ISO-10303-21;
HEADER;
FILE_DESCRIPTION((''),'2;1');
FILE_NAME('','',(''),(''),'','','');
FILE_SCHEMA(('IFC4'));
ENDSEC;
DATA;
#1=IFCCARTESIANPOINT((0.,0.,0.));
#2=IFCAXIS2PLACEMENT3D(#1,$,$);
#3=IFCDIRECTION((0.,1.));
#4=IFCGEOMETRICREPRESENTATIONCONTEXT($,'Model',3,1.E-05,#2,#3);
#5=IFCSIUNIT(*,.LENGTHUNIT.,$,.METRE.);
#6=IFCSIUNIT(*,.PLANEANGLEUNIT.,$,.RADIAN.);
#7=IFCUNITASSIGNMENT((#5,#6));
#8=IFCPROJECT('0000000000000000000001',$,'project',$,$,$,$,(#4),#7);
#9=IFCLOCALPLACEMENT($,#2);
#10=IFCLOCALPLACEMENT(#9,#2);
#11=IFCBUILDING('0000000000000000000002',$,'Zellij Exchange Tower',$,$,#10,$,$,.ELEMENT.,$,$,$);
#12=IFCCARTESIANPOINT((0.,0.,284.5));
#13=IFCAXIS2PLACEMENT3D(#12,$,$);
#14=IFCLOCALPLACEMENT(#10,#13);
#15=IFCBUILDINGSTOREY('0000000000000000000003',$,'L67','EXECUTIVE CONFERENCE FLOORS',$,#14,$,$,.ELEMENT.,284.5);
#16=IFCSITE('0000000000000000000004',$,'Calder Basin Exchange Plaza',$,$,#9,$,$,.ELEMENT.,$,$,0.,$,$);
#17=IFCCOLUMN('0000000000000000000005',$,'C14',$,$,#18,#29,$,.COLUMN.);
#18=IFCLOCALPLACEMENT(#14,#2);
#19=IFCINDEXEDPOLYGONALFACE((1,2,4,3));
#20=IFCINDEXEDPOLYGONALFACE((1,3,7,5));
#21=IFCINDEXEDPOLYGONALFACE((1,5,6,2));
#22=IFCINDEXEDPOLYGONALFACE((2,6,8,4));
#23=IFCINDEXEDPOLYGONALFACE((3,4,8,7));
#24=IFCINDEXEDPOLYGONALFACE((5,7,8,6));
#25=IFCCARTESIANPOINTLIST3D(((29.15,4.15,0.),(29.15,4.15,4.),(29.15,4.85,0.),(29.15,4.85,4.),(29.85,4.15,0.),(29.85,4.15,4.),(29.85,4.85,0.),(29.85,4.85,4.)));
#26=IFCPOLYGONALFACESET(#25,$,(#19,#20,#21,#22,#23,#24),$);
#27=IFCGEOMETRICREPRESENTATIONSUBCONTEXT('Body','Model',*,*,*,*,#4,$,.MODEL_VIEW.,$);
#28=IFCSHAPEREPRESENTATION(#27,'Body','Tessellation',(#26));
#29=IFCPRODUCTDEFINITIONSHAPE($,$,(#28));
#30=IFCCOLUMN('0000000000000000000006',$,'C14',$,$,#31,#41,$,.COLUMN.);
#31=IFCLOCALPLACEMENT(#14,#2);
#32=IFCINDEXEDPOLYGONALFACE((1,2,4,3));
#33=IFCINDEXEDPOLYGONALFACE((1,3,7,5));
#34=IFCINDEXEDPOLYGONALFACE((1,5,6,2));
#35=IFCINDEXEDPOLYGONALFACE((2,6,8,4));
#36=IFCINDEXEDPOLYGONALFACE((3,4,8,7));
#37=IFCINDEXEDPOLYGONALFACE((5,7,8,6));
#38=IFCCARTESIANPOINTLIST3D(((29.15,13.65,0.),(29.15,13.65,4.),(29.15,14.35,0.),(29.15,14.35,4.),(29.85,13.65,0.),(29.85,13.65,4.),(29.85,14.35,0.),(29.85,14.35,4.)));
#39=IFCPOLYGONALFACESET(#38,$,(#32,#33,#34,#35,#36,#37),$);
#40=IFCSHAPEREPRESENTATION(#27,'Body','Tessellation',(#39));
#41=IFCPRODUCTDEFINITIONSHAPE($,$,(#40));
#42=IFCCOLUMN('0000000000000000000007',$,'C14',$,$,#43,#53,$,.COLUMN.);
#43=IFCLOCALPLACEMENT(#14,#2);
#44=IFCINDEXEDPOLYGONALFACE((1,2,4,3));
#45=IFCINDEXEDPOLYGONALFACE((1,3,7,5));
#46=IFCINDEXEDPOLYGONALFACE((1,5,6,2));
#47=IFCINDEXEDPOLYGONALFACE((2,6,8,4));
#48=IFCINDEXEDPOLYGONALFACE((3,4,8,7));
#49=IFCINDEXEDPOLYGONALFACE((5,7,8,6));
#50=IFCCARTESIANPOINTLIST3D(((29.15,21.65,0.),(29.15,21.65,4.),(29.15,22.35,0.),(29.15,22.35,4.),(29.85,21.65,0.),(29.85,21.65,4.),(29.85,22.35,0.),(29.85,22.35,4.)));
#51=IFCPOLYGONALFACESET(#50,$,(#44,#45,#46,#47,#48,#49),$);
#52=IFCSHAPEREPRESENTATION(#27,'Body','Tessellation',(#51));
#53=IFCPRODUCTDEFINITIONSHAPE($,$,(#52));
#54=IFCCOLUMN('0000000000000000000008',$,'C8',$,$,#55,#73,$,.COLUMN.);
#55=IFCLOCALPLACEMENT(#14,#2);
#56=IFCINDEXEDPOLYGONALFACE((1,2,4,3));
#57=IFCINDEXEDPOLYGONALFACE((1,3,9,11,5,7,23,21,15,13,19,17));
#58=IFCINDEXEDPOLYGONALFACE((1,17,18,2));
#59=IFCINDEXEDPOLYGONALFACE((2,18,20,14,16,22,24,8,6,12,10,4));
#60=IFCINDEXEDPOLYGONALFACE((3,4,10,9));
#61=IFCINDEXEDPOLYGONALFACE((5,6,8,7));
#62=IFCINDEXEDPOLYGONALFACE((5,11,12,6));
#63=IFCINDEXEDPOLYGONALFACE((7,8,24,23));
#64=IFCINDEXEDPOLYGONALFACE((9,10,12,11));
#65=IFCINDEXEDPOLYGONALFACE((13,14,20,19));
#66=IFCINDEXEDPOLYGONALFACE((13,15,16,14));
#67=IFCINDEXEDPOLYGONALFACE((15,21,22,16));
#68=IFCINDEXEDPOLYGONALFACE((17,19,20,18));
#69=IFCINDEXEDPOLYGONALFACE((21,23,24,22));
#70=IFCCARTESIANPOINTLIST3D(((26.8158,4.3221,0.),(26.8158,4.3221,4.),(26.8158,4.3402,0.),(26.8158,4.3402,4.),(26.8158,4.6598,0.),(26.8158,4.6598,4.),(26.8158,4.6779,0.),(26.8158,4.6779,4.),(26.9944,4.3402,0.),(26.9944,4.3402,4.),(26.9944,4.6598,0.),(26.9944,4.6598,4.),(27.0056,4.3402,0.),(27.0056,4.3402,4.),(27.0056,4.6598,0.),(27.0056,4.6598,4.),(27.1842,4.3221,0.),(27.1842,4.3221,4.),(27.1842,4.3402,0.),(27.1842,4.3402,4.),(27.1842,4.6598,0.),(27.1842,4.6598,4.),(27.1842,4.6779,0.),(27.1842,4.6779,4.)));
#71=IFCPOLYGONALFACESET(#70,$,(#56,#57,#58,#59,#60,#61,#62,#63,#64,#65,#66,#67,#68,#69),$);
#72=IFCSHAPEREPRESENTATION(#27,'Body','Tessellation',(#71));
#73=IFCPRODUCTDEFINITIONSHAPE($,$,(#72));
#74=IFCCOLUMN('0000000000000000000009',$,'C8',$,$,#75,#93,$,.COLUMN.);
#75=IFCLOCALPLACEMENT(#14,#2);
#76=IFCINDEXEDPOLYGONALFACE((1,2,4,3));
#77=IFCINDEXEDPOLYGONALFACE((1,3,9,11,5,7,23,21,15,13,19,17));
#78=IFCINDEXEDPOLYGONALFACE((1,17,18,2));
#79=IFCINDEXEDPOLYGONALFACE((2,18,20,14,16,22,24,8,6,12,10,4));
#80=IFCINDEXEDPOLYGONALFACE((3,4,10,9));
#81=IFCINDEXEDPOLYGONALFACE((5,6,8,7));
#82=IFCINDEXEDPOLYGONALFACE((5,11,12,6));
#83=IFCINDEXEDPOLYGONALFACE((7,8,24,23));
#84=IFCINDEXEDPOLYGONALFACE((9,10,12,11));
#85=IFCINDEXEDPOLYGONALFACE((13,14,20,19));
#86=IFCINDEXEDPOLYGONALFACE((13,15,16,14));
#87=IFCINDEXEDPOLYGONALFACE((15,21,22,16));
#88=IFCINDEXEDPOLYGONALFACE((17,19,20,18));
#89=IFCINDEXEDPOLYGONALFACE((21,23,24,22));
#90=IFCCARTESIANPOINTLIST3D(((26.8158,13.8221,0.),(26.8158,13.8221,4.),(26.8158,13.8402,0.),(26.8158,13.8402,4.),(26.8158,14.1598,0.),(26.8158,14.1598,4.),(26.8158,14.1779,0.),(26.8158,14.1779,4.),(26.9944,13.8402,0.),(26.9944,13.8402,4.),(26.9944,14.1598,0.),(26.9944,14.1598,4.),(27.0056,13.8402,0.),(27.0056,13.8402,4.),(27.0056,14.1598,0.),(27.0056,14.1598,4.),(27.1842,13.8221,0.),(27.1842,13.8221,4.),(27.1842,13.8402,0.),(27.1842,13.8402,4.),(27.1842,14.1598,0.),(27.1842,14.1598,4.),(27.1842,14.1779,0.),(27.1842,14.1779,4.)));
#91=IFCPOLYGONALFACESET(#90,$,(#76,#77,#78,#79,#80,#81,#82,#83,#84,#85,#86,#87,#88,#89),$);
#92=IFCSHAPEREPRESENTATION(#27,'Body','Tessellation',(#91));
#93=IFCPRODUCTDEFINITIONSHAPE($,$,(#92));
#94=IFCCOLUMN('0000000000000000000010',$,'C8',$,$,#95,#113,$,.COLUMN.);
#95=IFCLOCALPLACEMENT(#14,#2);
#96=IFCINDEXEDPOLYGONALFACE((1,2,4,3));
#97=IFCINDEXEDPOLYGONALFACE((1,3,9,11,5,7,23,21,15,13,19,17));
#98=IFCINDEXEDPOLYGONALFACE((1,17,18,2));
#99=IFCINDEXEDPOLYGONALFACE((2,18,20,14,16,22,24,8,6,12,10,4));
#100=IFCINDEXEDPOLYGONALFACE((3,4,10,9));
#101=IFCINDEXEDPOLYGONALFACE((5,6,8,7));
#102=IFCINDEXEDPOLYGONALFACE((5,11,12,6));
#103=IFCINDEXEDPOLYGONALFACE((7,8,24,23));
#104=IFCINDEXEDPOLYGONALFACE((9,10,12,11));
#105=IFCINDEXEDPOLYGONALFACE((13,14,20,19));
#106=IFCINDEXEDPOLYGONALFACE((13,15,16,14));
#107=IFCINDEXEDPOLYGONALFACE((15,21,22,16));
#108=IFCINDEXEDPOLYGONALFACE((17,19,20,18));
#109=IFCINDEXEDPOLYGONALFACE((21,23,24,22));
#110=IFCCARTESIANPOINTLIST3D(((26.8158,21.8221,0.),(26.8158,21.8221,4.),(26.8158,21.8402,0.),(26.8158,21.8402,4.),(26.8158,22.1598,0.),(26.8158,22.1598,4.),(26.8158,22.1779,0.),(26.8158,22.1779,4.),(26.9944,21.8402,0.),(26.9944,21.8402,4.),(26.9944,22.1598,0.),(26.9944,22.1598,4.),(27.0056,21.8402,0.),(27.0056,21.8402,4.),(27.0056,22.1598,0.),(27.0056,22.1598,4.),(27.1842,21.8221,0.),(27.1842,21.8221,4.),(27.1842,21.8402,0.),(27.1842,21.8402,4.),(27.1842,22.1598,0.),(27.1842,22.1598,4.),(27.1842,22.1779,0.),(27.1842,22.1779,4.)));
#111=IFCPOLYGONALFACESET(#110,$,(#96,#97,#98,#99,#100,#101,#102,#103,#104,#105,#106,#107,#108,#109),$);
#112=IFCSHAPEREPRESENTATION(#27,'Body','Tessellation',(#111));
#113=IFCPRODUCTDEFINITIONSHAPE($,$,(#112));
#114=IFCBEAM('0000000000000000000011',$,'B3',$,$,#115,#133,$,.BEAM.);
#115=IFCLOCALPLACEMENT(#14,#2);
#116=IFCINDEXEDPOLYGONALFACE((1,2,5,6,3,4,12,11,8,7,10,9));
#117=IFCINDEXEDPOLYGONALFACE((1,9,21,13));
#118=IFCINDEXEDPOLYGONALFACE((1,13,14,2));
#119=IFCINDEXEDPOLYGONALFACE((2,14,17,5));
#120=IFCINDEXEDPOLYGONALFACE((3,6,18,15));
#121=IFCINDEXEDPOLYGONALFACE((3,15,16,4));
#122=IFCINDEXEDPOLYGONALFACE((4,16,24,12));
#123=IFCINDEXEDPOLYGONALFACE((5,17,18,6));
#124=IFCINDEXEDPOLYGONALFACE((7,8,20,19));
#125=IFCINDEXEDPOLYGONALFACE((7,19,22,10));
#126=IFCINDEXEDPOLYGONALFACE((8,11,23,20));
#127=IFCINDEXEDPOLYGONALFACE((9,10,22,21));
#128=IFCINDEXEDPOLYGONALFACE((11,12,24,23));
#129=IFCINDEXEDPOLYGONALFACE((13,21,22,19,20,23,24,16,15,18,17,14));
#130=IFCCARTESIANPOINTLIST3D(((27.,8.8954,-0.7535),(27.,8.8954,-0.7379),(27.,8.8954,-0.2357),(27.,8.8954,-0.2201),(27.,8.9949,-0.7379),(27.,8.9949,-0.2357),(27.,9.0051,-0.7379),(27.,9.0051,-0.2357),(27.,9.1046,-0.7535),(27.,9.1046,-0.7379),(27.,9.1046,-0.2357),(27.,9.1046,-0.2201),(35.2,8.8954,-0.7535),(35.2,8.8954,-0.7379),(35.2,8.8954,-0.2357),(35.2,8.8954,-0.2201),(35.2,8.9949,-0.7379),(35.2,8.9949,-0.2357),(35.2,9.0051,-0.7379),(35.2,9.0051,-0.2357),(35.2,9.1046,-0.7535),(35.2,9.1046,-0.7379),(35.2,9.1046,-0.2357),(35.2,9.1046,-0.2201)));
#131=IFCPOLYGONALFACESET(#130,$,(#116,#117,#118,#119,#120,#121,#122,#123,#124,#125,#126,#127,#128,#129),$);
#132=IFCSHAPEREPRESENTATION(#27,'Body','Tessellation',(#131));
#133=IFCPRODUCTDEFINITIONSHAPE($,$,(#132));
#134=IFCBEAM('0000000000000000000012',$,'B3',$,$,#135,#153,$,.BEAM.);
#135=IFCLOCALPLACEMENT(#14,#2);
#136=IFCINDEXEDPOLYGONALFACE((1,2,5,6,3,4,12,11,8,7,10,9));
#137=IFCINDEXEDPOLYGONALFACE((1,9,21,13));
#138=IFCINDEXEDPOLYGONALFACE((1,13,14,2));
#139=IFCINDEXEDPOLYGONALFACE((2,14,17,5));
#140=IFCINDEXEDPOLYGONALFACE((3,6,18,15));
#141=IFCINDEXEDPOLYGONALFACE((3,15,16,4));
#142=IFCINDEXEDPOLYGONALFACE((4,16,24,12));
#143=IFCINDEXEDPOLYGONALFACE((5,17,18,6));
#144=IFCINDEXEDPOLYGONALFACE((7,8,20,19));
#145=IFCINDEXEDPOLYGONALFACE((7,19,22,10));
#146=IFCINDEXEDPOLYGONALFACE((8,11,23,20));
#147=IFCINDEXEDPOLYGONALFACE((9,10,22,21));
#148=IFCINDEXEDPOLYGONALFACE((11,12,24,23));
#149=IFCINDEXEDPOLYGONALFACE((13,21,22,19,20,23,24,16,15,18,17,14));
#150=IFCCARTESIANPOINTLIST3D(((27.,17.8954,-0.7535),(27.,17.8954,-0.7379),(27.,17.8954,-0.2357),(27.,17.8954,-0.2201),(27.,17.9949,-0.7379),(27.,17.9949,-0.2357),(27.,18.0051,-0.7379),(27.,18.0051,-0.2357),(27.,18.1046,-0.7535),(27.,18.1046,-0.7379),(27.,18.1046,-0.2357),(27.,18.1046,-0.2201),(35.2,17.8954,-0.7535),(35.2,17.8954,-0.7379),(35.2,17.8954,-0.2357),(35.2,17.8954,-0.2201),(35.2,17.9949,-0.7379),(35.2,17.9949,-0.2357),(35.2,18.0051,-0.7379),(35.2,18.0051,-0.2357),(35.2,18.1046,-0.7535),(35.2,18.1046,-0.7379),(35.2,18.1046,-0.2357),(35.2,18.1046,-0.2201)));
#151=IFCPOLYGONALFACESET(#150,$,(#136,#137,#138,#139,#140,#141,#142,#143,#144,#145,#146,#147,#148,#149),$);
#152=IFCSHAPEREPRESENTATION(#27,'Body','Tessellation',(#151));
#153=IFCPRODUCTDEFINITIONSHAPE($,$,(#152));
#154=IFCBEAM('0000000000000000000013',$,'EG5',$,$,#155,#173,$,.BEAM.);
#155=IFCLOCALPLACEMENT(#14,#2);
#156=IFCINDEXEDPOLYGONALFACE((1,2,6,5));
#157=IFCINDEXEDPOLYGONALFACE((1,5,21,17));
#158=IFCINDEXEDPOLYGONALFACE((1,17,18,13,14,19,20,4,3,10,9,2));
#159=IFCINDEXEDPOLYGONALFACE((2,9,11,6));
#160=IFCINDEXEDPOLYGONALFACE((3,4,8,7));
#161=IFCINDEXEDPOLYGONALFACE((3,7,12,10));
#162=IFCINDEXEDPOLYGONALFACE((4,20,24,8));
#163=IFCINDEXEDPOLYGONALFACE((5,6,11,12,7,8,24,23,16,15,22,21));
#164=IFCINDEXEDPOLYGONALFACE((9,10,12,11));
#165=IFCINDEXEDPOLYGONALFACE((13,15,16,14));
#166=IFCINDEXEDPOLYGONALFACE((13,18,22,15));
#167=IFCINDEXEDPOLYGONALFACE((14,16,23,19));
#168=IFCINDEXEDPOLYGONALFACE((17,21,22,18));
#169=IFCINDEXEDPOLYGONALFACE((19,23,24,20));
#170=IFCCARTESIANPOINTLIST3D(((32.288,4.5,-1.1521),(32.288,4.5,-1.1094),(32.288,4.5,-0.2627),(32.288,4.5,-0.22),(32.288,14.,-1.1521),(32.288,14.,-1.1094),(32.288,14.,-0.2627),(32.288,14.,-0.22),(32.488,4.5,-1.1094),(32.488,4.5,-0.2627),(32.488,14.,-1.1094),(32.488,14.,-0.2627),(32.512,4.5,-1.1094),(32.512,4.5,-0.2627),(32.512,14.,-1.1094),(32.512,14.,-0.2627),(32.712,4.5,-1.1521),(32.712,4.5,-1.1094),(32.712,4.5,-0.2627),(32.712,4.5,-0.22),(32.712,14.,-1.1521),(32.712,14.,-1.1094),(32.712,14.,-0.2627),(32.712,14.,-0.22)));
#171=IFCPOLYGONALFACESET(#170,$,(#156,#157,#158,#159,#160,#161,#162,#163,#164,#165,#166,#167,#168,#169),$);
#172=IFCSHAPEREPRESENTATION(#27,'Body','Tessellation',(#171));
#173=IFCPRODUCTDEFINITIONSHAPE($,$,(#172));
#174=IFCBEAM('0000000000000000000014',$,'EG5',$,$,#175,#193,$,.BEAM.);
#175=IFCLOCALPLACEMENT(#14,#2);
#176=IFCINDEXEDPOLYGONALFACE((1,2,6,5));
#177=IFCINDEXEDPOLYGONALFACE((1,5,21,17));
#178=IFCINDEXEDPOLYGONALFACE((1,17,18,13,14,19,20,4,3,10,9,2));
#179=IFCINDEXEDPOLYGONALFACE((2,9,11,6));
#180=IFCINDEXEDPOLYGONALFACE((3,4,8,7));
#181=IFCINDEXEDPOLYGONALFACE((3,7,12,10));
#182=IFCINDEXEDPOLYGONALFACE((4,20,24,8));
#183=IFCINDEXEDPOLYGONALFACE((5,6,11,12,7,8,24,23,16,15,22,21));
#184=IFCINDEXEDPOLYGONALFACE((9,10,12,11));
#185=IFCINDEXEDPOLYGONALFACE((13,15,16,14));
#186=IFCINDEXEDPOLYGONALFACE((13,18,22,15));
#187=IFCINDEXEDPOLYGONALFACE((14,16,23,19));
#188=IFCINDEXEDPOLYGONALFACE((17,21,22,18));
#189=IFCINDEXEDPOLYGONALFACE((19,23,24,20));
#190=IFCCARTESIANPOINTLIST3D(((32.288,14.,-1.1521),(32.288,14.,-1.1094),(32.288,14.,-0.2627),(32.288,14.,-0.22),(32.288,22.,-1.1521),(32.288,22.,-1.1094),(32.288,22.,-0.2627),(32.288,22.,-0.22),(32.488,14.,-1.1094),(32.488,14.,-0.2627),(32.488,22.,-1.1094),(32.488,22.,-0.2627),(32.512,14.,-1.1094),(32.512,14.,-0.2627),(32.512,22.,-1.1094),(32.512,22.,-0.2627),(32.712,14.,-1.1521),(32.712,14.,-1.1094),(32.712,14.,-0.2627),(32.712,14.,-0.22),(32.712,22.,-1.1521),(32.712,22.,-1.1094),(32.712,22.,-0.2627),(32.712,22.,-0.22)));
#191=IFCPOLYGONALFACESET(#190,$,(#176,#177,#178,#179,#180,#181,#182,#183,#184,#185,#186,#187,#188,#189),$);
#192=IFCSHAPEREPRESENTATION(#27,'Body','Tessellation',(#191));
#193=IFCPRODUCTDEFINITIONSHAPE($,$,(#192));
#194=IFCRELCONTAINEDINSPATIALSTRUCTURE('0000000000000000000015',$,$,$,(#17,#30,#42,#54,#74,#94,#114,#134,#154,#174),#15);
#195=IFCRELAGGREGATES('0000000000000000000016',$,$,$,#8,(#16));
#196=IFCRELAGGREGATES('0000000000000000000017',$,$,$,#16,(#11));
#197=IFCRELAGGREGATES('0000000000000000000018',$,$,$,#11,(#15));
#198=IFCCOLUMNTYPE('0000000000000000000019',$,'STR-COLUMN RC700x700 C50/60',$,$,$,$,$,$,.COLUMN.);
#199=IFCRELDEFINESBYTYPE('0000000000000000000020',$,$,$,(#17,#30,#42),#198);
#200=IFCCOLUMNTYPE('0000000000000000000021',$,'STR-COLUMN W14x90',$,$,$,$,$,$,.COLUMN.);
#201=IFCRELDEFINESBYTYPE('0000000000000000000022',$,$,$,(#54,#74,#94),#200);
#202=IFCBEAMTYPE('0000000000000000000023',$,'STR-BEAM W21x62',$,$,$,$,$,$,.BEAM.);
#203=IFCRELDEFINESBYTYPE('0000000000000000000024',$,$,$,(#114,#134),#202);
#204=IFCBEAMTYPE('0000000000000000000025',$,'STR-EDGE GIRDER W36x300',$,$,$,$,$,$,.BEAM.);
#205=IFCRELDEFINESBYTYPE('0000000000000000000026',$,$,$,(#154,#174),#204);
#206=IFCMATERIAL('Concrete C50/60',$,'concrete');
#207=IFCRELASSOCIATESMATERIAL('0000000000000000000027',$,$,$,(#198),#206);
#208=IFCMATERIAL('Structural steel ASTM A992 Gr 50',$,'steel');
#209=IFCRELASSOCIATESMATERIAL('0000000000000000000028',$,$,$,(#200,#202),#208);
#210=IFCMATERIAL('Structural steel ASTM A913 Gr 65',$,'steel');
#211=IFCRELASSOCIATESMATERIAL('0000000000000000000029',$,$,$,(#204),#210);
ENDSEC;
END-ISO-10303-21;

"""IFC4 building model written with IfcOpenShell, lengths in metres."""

from ifc_helpers import new_model, si_unit, direction, frame, origin, origin_2d, place, context, subcontext, project, spatial, rectangle, i_section, extrude, material, material_profile, profile_set, type_object, element, save


model = new_model("IFC4")

# Units and contexts
model_context = context("Model", 3, precision=1e-05, world=origin(), true_north=direction((0.0, 1.0)))
body_context = subcontext(model_context, "Body", "Model", "MODEL_VIEW")
ifc_project = project(units=[si_unit("LENGTHUNIT", "METRE"), si_unit("PLANEANGLEUNIT", "RADIAN")], contexts=[model_context])

# Site, building, storey
site_placement = place(None, origin())
site = spatial("IfcSite", under=ifc_project, at=site_placement, Name="Calder Basin Exchange Plaza", CompositionType="ELEMENT", RefElevation=0.0)
building_placement = place(site_placement, origin())
building = spatial("IfcBuilding", under=site, at=building_placement, Name="Zellij Exchange Tower", CompositionType="ELEMENT")
storey_placement = place(building_placement, frame((0.0, 0.0, 284.5)))
storey = spatial("IfcBuildingStorey", under=building, at=storey_placement, Name="L67", Description="EXECUTIVE CONFERENCE FLOORS", CompositionType="ELEMENT", Elevation=284.5)

# Columns
ifc_material_1 = material(Name="Concrete C50/60", Category="concrete")
ifc_material_profile_1 = material_profile(ifc_material_1, rectangle(XDim=0.7, YDim=0.7, at=origin_2d()), Name="STR-COLUMN RC700x700 C50/60")
ifc_profile_set_1 = profile_set([ifc_material_profile_1], Name="Concrete C50/60")
column_type_1 = type_object("IfcColumnType", Name="STR-COLUMN RC700x700 C50/60", PredefinedType="COLUMN", material=ifc_profile_set_1)
for number, where, z_axis, x_axis, name in (
    (1, (29.5, 4.5, 0.0), (0.0, 0.0, 1.0), (1.0, 0.0, 0.0), "C14"),
    (2, (29.5, 14.0, 0.0), (0.0, 0.0, 1.0), (1.0, 0.0, 0.0), "C14"),
    (3, (29.5, 22.0, 0.0), (0.0, 0.0, 1.0), (1.0, 0.0, 0.0), "C14"),
):
    element("IfcColumn", number, at=place(storey_placement, frame(where, z_axis=z_axis, x_axis=x_axis)), inside=storey, type_object=column_type_1, Name=name, PredefinedType="COLUMN", context=body_context, shape_type="SweptSolid", body=[
        extrude(rectangle(XDim=0.7, YDim=0.7, at=origin_2d()), origin(), (0.0, 0.0, 1.0), 4.0),
    ])
ifc_material_2 = material(Name="Structural steel ASTM A992 Gr 50", Category="steel")
ifc_material_profile_2 = material_profile(ifc_material_2, i_section(OverallWidth=0.3684, OverallDepth=0.3557, WebThickness=0.0112, FlangeThickness=0.0181, at=origin_2d()), Name="W14x90")
ifc_profile_set_2 = profile_set([ifc_material_profile_2], Name="Structural steel ASTM A992 Gr 50")
column_type_2 = type_object("IfcColumnType", Name="STR-COLUMN W14x90", PredefinedType="COLUMN", material=ifc_profile_set_2)
for number, where, z_axis, x_axis, name in (
    (4, (27.0, 4.5, 0.0), (0.0, 0.0, 1.0), (1.0, 0.0, 0.0), "C8"),
    (5, (27.0, 14.0, 0.0), (0.0, 0.0, 1.0), (1.0, 0.0, 0.0), "C8"),
    (6, (27.0, 22.0, 0.0), (0.0, 0.0, 1.0), (1.0, 0.0, 0.0), "C8"),
):
    element("IfcColumn", number, at=place(storey_placement, frame(where, z_axis=z_axis, x_axis=x_axis)), inside=storey, type_object=column_type_2, Name=name, PredefinedType="COLUMN", context=body_context, shape_type="SweptSolid", body=[
        extrude(i_section(OverallWidth=0.3684, OverallDepth=0.3557, WebThickness=0.0112, FlangeThickness=0.0181, at=origin_2d()), origin(), (0.0, 0.0, 1.0), 4.0),
    ])

# Beams
ifc_material_profile_3 = material_profile(ifc_material_2, i_section(OverallWidth=0.2092, OverallDepth=0.5334, WebThickness=0.0103, FlangeThickness=0.0156, at=origin_2d()), Name="W21x62")
ifc_profile_set_3 = profile_set([ifc_material_profile_3], Name="Structural steel ASTM A992 Gr 50")
beam_type_1 = type_object("IfcBeamType", Name="STR-BEAM W21x62", PredefinedType="BEAM", material=ifc_profile_set_3)
for number, where, z_axis, x_axis, name in (
    (7, (27.0, 9.0, -0.4868), (1.0, 0.0, 0.0), (0.0, 1.0, 0.0), "B3"),
    (8, (27.0, 18.0, -0.4868), (1.0, 0.0, 0.0), (0.0, 1.0, 0.0), "B3"),
):
    element("IfcBeam", number, at=place(storey_placement, frame(where, z_axis=z_axis, x_axis=x_axis)), inside=storey, type_object=beam_type_1, Name=name, PredefinedType="BEAM", context=body_context, shape_type="SweptSolid", body=[
        extrude(i_section(OverallWidth=0.2092, OverallDepth=0.5334, WebThickness=0.0103, FlangeThickness=0.0156, at=origin_2d()), origin(), (0.0, 0.0, 1.0), 8.2),
    ])
ifc_material_3 = material(Name="Structural steel ASTM A913 Gr 65", Category="steel")
ifc_material_profile_4 = material_profile(ifc_material_3, i_section(OverallWidth=0.4241, OverallDepth=0.9321, WebThickness=0.0239, FlangeThickness=0.0427, at=origin_2d()), Name="W36x300")
ifc_profile_set_4 = profile_set([ifc_material_profile_4], Name="Structural steel ASTM A913 Gr 65")
beam_type_2 = type_object("IfcBeamType", Name="STR-EDGE GIRDER W36x300", PredefinedType="BEAM", material=ifc_profile_set_4)
beam_1_placement = place(storey_placement, frame((32.5, 4.5, -0.686), z_axis=(0.0, 1.0, 0.0), x_axis=(-1.0, 0.0, 0.0)))
element("IfcBeam", 9, at=beam_1_placement, inside=storey, type_object=beam_type_2, Name="EG5", PredefinedType="BEAM", context=body_context, shape_type="SweptSolid", body=[
    extrude(i_section(OverallWidth=0.4241, OverallDepth=0.9321, WebThickness=0.0239, FlangeThickness=0.0427, at=origin_2d()), origin(), (0.0, 0.0, 1.0), 9.5),
])
beam_2_placement = place(storey_placement, frame((32.5, 14.0, -0.686), z_axis=(0.0, 1.0, 0.0), x_axis=(-1.0, 0.0, 0.0)))
element("IfcBeam", 10, at=beam_2_placement, inside=storey, type_object=beam_type_2, Name="EG5", PredefinedType="BEAM", context=body_context, shape_type="SweptSolid", body=[
    extrude(i_section(OverallWidth=0.4241, OverallDepth=0.9321, WebThickness=0.0239, FlangeThickness=0.0427, at=origin_2d()), origin(), (0.0, 0.0, 1.0), 8.0),
])

save(model, "model.ifc")
